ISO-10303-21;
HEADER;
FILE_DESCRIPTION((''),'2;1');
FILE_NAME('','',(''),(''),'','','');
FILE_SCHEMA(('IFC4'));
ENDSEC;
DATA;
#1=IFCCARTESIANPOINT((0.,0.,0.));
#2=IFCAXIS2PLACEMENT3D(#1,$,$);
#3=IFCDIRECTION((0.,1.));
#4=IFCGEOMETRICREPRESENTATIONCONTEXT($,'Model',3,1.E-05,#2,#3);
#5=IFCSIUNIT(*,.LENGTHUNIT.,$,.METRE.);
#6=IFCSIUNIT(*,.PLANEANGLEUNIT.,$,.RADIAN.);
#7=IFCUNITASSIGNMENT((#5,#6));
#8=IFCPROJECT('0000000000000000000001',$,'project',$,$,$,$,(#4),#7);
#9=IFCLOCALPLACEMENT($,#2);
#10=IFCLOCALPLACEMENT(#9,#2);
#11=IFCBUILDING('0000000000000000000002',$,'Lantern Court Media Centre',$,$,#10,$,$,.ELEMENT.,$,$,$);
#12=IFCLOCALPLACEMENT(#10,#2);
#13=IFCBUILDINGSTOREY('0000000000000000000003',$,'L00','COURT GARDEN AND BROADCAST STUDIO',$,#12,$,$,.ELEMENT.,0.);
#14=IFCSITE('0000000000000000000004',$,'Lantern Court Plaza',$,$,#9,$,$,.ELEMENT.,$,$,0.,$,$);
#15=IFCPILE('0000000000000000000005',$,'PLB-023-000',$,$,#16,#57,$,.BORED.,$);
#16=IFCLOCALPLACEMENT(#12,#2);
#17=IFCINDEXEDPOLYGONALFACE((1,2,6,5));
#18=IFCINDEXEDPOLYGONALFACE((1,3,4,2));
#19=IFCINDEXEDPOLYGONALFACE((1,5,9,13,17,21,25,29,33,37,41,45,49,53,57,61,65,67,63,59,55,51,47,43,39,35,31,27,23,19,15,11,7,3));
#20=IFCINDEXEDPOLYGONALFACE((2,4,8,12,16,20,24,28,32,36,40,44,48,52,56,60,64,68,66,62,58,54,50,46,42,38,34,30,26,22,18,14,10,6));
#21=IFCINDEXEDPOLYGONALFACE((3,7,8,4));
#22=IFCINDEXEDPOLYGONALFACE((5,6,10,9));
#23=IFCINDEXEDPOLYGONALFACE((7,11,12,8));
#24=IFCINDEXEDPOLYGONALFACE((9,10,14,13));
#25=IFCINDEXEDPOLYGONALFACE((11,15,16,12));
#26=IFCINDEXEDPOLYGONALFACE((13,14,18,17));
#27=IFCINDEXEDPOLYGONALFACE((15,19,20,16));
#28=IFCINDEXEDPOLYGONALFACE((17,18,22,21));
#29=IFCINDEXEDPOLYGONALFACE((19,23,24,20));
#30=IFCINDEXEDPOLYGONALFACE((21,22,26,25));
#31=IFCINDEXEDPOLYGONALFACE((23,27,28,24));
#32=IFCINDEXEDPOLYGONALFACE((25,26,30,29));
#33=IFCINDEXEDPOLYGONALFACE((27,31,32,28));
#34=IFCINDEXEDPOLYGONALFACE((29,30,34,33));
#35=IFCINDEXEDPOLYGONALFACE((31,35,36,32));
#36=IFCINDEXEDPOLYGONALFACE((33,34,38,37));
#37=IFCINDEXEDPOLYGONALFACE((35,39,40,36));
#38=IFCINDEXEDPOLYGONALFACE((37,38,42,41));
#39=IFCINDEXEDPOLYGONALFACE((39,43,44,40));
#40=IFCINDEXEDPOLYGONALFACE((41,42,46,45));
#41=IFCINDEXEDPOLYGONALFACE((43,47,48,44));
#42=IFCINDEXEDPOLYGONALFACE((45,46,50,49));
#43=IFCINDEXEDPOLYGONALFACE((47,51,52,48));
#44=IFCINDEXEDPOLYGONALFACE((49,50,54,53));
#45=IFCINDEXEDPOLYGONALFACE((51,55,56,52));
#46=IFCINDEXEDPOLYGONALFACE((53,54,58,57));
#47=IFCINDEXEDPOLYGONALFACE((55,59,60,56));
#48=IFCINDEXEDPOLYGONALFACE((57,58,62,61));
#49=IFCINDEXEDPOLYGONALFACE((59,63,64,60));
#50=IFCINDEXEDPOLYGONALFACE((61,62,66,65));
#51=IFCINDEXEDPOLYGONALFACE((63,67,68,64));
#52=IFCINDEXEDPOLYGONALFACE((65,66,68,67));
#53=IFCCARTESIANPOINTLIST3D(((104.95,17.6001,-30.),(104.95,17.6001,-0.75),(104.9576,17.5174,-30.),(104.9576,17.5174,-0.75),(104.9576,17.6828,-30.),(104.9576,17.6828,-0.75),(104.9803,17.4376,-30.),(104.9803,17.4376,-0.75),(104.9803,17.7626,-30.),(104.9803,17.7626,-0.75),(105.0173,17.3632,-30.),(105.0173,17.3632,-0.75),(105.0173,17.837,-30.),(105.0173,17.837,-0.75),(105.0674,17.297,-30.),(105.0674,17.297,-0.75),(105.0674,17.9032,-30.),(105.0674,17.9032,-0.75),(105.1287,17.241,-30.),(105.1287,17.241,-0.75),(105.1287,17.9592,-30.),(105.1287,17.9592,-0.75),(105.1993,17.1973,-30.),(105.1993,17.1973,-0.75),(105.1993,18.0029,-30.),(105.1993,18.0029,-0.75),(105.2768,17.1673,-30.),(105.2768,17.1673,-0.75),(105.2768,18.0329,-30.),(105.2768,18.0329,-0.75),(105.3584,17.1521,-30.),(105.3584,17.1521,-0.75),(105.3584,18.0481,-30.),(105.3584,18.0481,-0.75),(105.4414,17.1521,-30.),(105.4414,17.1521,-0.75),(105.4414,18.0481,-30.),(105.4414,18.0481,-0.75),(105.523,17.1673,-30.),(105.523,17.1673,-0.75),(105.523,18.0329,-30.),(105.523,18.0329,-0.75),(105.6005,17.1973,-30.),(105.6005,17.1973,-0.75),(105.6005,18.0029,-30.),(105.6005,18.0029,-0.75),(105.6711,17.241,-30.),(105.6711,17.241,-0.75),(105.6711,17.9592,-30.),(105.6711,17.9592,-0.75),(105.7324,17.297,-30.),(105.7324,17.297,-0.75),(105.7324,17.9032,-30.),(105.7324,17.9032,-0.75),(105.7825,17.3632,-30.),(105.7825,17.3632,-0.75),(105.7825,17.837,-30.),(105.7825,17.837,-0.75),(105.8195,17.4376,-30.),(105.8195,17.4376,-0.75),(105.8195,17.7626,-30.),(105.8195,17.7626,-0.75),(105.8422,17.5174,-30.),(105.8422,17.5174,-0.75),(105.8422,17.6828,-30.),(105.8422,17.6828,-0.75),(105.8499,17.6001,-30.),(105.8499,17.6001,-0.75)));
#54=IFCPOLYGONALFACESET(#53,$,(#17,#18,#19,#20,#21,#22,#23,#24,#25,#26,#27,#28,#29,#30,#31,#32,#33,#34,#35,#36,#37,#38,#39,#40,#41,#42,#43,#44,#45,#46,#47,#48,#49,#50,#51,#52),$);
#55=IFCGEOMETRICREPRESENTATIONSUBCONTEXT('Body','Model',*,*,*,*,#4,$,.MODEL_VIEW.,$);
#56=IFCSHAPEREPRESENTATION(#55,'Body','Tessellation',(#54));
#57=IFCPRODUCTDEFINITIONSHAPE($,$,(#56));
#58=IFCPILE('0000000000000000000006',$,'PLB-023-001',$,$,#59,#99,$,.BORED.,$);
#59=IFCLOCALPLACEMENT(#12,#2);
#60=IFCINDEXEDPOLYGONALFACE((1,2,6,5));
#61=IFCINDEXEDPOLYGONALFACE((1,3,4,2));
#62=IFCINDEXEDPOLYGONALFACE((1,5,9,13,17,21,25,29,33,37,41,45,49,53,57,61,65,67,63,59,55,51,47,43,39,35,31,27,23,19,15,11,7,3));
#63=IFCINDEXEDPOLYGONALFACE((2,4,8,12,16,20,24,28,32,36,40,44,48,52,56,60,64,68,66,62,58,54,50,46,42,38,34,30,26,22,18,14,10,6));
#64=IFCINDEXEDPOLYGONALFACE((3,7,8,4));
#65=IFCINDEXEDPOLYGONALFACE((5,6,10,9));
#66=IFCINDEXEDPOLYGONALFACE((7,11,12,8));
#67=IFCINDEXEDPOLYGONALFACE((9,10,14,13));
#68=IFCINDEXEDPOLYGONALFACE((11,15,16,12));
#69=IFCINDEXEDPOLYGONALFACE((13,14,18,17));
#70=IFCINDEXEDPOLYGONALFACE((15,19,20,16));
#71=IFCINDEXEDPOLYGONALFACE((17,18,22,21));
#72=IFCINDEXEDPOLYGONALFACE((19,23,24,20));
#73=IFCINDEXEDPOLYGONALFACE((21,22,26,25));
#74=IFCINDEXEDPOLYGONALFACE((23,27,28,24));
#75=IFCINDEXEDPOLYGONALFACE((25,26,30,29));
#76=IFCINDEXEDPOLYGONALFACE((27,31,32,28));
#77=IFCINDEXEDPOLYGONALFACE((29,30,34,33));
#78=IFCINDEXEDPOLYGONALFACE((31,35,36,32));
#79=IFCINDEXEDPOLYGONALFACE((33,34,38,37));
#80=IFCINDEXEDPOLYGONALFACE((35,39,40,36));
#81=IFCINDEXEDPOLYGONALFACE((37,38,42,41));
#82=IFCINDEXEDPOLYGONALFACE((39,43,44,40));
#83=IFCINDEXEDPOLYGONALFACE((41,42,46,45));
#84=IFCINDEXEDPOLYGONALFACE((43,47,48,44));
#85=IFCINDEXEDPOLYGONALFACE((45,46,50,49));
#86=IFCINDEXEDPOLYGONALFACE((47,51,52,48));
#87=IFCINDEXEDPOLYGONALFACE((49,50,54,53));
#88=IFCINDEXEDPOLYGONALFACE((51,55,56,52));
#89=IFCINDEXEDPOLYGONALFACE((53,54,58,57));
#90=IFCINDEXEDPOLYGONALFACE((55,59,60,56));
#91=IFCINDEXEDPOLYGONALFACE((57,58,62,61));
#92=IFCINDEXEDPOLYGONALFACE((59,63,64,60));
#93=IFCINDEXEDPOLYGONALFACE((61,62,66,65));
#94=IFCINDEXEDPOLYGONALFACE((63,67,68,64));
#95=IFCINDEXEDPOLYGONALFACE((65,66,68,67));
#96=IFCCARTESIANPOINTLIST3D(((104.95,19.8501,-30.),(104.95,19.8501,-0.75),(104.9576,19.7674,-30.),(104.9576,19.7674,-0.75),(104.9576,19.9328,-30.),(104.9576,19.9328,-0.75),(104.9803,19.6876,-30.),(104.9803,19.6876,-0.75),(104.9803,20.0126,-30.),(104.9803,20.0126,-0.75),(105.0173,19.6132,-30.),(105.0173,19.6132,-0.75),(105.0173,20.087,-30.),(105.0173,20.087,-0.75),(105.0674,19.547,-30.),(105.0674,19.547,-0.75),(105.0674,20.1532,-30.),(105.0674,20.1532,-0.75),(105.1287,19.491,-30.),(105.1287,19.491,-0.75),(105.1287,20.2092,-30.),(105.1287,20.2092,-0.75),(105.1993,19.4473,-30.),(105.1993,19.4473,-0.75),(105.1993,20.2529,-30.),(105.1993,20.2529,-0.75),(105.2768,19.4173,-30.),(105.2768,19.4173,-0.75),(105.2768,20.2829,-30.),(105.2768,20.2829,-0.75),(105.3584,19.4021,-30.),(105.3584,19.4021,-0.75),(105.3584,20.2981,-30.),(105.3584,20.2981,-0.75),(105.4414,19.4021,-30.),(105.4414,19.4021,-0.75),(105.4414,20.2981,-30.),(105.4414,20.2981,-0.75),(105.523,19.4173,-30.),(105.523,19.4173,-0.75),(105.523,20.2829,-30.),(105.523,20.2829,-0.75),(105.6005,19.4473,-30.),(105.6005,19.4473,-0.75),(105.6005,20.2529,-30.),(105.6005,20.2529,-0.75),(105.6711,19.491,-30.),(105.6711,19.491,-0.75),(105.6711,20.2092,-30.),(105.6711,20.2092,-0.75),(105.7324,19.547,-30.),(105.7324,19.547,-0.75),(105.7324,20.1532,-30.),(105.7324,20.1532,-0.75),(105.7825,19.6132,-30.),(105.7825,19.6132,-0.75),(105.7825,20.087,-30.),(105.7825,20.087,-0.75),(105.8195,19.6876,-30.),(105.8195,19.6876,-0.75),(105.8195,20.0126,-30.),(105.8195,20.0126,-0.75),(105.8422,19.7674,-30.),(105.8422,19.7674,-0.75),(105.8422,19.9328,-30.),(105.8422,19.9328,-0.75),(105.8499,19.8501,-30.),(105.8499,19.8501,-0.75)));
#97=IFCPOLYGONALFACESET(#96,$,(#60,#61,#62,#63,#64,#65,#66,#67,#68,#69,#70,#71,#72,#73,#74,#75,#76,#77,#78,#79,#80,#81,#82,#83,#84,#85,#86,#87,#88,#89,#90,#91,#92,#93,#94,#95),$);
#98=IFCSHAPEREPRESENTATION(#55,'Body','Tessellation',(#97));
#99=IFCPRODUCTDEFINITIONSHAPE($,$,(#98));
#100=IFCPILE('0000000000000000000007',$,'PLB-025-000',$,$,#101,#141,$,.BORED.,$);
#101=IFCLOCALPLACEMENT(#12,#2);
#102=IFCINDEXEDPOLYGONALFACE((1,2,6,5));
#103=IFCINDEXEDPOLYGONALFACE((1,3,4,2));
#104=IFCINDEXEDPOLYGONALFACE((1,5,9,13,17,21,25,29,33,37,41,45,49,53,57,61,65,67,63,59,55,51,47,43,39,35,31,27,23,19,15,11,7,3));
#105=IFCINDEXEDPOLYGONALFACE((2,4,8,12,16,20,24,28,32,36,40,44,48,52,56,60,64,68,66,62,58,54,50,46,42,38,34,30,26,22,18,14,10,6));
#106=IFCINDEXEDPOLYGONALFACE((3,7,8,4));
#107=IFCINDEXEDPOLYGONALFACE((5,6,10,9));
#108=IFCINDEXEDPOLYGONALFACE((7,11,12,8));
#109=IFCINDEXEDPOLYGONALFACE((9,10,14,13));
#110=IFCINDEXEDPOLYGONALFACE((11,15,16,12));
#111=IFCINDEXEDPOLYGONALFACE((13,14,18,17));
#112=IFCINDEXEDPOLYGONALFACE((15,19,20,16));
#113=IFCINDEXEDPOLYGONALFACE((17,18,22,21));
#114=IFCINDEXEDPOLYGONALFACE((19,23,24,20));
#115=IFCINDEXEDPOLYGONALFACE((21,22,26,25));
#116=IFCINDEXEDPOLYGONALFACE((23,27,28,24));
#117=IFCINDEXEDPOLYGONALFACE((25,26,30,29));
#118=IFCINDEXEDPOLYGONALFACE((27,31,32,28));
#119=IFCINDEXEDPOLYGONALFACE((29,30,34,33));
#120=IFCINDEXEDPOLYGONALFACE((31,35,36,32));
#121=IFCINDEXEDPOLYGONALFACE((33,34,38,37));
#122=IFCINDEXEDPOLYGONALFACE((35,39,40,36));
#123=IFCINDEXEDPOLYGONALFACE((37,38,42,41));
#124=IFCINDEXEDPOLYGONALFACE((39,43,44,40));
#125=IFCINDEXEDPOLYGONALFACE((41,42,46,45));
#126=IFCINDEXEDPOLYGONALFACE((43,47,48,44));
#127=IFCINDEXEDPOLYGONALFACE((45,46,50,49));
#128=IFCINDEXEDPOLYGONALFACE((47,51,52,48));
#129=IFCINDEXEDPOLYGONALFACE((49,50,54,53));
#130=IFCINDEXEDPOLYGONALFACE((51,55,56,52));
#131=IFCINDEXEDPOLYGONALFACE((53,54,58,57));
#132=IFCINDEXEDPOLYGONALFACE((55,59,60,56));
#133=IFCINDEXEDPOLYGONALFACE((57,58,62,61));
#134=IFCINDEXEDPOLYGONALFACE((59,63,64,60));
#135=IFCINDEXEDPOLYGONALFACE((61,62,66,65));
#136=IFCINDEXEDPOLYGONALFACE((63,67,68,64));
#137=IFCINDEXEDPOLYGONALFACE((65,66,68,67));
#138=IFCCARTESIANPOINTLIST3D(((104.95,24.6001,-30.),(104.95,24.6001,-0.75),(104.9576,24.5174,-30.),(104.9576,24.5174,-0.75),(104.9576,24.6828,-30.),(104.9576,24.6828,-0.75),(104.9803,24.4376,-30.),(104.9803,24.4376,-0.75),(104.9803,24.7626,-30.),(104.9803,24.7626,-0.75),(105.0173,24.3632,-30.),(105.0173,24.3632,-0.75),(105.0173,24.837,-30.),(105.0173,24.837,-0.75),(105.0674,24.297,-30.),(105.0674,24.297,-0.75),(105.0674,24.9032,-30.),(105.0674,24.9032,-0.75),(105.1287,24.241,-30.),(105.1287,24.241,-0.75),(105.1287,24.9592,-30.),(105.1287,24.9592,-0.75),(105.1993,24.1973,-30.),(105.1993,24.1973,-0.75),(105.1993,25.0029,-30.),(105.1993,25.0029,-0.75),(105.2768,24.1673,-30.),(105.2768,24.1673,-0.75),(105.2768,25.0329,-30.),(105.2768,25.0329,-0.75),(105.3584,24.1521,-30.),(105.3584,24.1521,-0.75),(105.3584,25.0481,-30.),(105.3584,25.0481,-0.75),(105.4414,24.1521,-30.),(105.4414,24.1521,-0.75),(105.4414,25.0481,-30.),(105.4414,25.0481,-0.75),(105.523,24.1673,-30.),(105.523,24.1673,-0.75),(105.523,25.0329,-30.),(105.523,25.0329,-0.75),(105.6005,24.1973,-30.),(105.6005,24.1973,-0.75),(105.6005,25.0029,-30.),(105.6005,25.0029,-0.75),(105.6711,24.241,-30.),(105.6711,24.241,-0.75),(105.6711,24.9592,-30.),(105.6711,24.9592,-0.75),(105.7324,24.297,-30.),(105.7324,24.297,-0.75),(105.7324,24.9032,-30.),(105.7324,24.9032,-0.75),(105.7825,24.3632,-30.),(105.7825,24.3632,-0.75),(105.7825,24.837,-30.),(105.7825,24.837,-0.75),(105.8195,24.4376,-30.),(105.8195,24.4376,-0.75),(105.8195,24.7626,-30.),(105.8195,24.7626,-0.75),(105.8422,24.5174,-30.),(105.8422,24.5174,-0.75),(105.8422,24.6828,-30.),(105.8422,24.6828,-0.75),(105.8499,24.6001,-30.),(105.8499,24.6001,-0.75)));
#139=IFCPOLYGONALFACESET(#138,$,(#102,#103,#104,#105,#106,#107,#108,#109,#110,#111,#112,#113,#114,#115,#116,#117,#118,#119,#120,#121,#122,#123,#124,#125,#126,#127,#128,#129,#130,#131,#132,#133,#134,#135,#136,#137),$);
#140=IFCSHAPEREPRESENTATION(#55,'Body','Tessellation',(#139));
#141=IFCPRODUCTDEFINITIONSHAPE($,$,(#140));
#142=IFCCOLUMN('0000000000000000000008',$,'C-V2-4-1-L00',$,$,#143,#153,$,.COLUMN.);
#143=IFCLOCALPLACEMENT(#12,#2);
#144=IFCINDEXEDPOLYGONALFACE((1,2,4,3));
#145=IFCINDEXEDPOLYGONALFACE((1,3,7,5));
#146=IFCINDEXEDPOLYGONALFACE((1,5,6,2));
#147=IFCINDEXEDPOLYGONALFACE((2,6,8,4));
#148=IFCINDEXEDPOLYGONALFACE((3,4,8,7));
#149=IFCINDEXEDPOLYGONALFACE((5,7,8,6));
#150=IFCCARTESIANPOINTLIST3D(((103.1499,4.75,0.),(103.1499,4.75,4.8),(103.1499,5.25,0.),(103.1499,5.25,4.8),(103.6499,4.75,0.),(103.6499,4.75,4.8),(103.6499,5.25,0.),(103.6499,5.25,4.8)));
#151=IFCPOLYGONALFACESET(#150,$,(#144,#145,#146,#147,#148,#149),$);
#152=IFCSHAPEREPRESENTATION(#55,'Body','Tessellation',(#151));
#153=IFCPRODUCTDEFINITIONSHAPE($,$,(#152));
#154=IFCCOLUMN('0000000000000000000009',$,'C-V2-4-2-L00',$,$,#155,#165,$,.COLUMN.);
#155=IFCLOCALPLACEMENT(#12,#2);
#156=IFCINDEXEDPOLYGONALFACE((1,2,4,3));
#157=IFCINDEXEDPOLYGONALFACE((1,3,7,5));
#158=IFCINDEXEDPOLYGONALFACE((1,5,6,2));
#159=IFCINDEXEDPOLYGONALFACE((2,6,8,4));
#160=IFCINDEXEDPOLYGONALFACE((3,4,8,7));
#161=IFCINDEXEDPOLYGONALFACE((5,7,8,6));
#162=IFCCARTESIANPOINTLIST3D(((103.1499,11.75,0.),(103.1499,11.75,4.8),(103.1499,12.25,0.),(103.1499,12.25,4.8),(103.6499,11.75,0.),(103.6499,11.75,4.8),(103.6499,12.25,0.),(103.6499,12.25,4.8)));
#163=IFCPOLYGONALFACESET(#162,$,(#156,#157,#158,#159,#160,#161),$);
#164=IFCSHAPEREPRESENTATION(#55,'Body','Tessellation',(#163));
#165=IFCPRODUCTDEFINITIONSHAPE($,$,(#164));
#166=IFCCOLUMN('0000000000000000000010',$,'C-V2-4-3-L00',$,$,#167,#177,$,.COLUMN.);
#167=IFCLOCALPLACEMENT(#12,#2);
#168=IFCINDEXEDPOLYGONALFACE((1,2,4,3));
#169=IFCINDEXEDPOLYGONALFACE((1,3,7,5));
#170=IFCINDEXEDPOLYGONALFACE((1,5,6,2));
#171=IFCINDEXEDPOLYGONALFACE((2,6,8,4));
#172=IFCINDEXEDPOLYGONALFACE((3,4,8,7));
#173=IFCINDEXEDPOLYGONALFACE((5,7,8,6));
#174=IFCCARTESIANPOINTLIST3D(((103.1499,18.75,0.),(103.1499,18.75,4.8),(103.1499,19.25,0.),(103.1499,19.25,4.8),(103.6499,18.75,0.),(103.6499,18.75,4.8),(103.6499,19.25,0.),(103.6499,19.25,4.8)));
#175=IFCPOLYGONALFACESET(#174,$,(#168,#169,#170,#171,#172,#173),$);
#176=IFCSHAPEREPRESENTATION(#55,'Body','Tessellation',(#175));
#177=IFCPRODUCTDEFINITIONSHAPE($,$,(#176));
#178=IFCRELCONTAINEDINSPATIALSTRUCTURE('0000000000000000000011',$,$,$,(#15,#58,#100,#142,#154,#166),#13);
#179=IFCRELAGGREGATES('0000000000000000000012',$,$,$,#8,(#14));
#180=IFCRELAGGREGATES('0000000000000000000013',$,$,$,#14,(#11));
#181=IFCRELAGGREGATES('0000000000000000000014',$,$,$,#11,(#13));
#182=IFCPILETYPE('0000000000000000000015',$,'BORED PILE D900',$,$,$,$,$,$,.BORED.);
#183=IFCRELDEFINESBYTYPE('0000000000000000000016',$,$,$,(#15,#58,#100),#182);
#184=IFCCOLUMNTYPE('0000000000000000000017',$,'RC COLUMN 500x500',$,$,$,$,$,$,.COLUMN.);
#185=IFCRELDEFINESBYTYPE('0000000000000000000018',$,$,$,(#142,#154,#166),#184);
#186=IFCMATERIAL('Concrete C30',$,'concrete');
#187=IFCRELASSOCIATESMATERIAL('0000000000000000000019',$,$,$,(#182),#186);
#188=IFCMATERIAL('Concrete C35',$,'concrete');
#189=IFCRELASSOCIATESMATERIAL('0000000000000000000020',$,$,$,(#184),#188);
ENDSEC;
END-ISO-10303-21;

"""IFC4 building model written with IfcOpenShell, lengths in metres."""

from ifc_helpers import new_model, si_unit, direction, frame, origin, origin_2d, place, context, subcontext, project, spatial, rectangle, circle, extrude, material, material_profile, profile_set, type_object, element, save


model = new_model("IFC4")

# Units and contexts
model_context = context("Model", 3, precision=1e-05, world=origin(), true_north=direction((0.0, 1.0)))
body_context = subcontext(model_context, "Body", "Model", "MODEL_VIEW")
ifc_project = project(units=[si_unit("LENGTHUNIT", "METRE"), si_unit("PLANEANGLEUNIT", "RADIAN")], contexts=[model_context])

# Site, building, storey
site_placement = place(None, origin())
site = spatial("IfcSite", under=ifc_project, at=site_placement, Name="Lantern Court Plaza", CompositionType="ELEMENT", RefElevation=0.0)
building_placement = place(site_placement, origin())
building = spatial("IfcBuilding", under=site, at=building_placement, Name="Lantern Court Media Centre", CompositionType="ELEMENT")
storey_placement = place(building_placement, origin())
storey = spatial("IfcBuildingStorey", under=building, at=storey_placement, Name="L00", Description="COURT GARDEN AND BROADCAST STUDIO", CompositionType="ELEMENT", Elevation=0.0)

# Piles
ifc_material_1 = material(Name="Concrete C30", Category="concrete")
ifc_material_profile_1 = material_profile(ifc_material_1, circle(Radius=0.45, at=origin_2d()), Name="D900")
ifc_profile_set_1 = profile_set([ifc_material_profile_1], Name="Concrete C30")
pile_type = type_object("IfcPileType", Name="BORED PILE D900", PredefinedType="BORED", material=ifc_profile_set_1)
for number, where, z_axis, x_axis, name in (
    (1, (105.3999, 17.6001, -0.75), (0.0, 0.0, -1.0), (1.0, 0.0, 0.0), "PLB-023-000"),
    (2, (105.3999, 19.8501, -0.75), (0.0, 0.0, -1.0), (1.0, 0.0, 0.0), "PLB-023-001"),
    (3, (105.3999, 24.6001, -0.75), (0.0, 0.0, -1.0), (1.0, 0.0, 0.0), "PLB-025-000"),
):
    element("IfcPile", number, at=place(storey_placement, frame(where, z_axis=z_axis, x_axis=x_axis)), inside=storey, type_object=pile_type, Name=name, PredefinedType="BORED", context=body_context, shape_type="SweptSolid", body=[
        extrude(circle(Radius=0.45, at=origin_2d()), origin(), (0.0, 0.0, 1.0), 29.25),
    ])

# Columns
ifc_material_2 = material(Name="Concrete C35", Category="concrete")
ifc_material_profile_2 = material_profile(ifc_material_2, rectangle(XDim=0.5, YDim=0.5, at=origin_2d()), Name="RC 500x500")
ifc_profile_set_2 = profile_set([ifc_material_profile_2], Name="Concrete C35")
column_type_1 = type_object("IfcColumnType", Name="RC COLUMN 500x500", PredefinedType="COLUMN", material=ifc_profile_set_2)
for number, where, z_axis, x_axis, name in (
    (4, (103.3999, 5.0, 0.0), (0.0, 0.0, 1.0), (1.0, 0.0, 0.0), "C-V2-4-1-L00"),
    (5, (103.3999, 12.0, 0.0), (0.0, 0.0, 1.0), (1.0, 0.0, 0.0), "C-V2-4-2-L00"),
    (6, (103.3999, 19.0, 0.0), (0.0, 0.0, 1.0), (1.0, 0.0, 0.0), "C-V2-4-3-L00"),
):
    element("IfcColumn", number, at=place(storey_placement, frame(where, z_axis=z_axis, x_axis=x_axis)), inside=storey, type_object=column_type_1, Name=name, PredefinedType="COLUMN", context=body_context, shape_type="SweptSolid", body=[
        extrude(rectangle(XDim=0.5, YDim=0.5, at=origin_2d()), origin(), (0.0, 0.0, 1.0), 4.8),
    ])

save(model, "model.ifc")
